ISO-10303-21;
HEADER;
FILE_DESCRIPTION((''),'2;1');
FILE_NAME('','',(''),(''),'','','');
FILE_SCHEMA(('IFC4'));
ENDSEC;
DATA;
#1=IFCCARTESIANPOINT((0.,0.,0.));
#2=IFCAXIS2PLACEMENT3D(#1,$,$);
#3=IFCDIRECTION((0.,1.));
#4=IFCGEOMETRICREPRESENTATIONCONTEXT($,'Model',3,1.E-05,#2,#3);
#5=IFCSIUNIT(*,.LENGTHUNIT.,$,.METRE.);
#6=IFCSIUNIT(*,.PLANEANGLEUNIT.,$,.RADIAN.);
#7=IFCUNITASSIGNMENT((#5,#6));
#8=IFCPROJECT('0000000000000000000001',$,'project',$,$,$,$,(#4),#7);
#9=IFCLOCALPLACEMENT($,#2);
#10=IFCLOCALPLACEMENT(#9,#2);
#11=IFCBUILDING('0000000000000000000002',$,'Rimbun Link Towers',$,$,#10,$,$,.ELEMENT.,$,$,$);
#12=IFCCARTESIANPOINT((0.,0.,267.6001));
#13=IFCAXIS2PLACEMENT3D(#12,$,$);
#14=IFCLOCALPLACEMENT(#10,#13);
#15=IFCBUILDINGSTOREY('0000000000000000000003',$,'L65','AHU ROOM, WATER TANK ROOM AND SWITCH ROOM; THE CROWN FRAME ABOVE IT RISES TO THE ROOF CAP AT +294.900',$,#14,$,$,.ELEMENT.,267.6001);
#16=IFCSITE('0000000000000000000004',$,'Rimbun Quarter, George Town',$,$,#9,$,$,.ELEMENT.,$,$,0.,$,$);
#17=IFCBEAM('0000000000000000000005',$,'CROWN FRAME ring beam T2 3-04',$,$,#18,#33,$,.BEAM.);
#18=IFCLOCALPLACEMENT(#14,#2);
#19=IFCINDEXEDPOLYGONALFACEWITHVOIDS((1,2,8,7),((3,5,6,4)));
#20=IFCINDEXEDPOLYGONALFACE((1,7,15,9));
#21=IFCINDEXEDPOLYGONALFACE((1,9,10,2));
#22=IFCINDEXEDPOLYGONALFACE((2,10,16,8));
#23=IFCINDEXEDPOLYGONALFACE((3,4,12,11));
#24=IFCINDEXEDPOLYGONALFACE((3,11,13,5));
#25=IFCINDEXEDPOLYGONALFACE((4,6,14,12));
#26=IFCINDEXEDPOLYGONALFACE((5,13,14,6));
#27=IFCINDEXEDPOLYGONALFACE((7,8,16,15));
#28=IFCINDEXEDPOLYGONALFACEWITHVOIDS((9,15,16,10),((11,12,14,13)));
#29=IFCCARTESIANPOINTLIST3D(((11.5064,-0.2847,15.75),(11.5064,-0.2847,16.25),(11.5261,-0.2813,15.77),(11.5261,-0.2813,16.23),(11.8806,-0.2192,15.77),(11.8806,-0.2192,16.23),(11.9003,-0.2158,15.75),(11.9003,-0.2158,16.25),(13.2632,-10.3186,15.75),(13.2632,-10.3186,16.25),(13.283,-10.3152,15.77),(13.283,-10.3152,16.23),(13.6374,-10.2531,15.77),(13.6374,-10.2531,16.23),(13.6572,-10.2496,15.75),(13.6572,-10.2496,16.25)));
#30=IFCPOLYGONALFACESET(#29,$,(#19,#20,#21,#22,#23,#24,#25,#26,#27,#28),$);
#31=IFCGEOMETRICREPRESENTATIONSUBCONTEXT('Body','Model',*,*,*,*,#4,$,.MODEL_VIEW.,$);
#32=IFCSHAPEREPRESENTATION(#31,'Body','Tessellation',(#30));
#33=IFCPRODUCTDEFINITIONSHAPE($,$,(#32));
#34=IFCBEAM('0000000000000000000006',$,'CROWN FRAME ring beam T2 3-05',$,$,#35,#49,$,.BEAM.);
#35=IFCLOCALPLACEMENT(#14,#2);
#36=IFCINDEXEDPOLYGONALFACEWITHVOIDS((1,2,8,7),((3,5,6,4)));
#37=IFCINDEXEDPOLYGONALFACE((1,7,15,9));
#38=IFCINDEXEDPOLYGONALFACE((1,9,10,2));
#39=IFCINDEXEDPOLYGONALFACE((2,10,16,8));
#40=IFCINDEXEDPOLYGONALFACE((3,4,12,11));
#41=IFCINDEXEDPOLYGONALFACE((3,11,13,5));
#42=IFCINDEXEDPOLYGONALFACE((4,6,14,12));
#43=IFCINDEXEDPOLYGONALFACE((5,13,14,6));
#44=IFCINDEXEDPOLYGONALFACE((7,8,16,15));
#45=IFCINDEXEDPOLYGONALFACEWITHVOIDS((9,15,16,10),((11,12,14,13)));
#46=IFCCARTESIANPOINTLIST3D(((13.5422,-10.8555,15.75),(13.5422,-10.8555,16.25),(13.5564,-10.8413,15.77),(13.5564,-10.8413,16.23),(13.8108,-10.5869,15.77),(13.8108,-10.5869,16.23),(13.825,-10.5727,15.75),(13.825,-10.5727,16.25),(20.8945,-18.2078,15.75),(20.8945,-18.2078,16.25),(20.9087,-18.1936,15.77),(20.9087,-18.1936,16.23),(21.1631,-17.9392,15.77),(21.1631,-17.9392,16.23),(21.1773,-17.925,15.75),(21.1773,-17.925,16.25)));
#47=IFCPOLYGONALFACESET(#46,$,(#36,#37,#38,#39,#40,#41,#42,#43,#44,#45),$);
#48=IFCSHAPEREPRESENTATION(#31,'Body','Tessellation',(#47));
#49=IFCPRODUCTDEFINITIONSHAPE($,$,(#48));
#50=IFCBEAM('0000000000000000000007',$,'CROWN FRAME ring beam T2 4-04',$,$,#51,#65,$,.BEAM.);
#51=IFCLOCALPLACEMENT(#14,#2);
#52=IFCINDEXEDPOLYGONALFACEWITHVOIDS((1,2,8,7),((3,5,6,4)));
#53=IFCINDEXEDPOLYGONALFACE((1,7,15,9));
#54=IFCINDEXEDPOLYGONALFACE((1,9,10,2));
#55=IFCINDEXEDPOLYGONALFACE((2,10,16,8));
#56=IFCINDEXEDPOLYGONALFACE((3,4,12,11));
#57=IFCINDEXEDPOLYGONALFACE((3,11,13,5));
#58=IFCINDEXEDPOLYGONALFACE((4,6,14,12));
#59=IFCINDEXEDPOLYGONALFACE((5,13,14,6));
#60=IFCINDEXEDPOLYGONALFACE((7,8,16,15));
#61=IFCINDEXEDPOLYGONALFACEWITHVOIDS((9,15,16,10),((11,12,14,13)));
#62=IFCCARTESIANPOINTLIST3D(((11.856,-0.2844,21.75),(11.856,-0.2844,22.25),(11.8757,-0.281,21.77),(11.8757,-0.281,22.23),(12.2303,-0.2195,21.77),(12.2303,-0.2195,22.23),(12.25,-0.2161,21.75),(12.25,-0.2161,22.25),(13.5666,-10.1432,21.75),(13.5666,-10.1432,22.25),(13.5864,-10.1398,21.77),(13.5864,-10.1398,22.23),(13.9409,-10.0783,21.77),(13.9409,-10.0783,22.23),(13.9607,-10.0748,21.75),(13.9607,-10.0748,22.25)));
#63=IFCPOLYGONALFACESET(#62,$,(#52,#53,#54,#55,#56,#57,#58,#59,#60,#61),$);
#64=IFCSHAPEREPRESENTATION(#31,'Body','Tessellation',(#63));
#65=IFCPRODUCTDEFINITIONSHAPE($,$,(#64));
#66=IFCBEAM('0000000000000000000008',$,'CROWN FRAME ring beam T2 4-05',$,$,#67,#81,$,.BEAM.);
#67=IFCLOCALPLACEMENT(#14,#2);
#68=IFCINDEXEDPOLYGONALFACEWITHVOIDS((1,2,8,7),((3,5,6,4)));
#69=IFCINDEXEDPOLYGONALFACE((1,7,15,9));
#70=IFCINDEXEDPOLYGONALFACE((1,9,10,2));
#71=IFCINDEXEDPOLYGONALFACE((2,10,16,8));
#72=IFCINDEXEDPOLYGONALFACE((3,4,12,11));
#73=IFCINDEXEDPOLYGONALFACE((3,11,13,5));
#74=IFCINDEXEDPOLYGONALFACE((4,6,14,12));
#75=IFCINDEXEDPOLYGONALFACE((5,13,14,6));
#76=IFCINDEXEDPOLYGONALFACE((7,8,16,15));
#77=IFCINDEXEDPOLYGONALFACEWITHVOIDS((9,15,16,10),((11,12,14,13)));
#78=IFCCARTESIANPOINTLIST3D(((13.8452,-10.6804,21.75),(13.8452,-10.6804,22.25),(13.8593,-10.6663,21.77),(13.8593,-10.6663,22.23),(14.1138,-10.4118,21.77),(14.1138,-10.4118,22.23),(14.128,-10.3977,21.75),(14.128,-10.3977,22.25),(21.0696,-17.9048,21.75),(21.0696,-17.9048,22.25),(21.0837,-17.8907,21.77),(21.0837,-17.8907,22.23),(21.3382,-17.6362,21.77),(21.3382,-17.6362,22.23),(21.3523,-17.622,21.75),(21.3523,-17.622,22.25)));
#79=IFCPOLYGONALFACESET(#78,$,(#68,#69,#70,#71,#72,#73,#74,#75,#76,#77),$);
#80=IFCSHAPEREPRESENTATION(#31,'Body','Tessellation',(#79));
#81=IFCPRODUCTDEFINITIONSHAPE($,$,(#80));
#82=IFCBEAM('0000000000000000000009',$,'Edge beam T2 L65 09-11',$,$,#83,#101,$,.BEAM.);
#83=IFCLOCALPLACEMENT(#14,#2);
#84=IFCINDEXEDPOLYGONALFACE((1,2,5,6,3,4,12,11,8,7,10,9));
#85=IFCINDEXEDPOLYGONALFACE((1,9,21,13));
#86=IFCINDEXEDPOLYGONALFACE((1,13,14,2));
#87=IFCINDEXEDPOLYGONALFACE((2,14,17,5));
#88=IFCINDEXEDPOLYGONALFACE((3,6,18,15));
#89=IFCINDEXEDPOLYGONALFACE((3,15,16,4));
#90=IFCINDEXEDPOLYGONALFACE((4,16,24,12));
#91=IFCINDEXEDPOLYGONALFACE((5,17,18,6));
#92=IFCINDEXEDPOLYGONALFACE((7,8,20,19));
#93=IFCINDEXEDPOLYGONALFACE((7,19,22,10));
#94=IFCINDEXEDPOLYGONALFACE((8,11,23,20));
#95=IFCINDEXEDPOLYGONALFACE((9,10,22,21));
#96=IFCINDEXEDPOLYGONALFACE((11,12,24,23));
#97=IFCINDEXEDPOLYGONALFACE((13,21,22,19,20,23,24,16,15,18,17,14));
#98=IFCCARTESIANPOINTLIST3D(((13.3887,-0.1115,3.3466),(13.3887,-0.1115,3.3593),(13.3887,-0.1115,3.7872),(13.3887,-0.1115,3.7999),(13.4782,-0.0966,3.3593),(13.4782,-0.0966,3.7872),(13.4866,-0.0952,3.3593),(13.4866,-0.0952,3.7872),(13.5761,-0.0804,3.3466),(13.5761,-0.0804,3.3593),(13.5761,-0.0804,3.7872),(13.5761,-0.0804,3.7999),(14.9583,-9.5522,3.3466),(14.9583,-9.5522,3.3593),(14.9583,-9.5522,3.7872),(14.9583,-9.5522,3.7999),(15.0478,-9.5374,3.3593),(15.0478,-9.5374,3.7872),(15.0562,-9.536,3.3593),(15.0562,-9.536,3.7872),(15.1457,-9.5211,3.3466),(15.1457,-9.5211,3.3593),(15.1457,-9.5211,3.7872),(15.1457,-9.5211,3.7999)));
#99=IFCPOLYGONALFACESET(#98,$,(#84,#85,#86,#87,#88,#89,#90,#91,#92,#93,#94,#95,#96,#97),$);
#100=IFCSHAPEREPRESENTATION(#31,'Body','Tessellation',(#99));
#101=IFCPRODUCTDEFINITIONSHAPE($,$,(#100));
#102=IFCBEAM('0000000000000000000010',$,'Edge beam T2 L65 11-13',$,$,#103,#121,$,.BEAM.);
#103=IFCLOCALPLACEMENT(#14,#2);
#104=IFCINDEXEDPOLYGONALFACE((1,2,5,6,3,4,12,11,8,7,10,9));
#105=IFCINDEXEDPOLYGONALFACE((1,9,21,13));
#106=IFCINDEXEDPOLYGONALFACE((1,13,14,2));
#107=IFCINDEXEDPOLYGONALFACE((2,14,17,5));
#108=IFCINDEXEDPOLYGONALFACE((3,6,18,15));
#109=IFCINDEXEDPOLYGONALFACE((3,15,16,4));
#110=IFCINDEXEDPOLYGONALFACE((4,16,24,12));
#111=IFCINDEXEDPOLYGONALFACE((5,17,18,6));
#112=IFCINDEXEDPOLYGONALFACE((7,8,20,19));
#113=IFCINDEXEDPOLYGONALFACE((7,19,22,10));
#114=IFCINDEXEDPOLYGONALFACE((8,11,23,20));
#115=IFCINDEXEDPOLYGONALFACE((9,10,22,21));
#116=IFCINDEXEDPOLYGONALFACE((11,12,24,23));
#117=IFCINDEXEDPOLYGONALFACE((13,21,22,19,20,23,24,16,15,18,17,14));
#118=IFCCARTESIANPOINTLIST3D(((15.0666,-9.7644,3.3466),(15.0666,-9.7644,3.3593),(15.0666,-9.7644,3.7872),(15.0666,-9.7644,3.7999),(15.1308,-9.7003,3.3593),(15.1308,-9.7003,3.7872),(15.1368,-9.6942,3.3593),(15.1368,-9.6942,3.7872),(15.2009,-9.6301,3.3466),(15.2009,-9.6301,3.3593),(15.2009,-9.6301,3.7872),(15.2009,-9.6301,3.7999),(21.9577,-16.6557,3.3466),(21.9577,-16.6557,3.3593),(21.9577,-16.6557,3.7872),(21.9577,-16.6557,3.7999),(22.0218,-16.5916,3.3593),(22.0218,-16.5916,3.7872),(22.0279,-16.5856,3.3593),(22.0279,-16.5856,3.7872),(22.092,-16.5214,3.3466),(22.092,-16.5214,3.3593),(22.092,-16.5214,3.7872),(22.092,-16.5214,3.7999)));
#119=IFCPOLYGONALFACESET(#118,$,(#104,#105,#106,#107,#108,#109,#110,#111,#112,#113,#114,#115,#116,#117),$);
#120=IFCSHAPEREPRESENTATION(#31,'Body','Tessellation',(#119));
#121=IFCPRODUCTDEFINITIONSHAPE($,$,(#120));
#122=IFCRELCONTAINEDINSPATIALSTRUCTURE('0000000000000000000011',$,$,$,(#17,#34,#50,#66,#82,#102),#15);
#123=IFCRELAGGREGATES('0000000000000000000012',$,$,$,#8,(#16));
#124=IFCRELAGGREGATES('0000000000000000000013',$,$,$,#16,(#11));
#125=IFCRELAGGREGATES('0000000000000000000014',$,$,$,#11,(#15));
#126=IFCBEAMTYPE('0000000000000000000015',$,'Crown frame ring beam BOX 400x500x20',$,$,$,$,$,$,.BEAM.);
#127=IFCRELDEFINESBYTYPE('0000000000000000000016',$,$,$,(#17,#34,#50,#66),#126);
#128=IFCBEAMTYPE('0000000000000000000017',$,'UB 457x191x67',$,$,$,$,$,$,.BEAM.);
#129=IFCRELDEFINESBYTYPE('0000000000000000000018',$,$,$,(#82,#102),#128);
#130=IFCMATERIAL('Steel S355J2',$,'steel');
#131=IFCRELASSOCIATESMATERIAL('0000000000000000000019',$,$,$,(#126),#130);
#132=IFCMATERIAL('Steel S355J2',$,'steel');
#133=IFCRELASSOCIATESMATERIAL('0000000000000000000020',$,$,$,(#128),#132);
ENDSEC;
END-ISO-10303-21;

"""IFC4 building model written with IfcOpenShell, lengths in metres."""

from ifc_helpers import new_model, si_unit, direction, frame, origin, origin_2d, place, context, subcontext, project, spatial, hollow_rectangle, i_section, extrude, material, material_profile, profile_set, type_object, element, save


model = new_model("IFC4")

# Units and contexts
model_context = context("Model", 3, precision=1e-05, world=origin(), true_north=direction((0.0, 1.0)))
body_context = subcontext(model_context, "Body", "Model", "MODEL_VIEW")
ifc_project = project(units=[si_unit("LENGTHUNIT", "METRE"), si_unit("PLANEANGLEUNIT", "RADIAN")], contexts=[model_context])

# Site, building, storey
site_placement = place(None, origin())
site = spatial("IfcSite", under=ifc_project, at=site_placement, Name="Rimbun Quarter, George Town", CompositionType="ELEMENT", RefElevation=0.0)
building_placement = place(site_placement, origin())
building = spatial("IfcBuilding", under=site, at=building_placement, Name="Rimbun Link Towers", CompositionType="ELEMENT")
storey_placement = place(building_placement, frame((0.0, 0.0, 267.6001)))
storey = spatial("IfcBuildingStorey", under=building, at=storey_placement, Name="L65", Description="AHU ROOM, WATER TANK ROOM AND SWITCH ROOM; THE CROWN FRAME ABOVE IT RISES TO THE ROOF CAP AT +294.900", CompositionType="ELEMENT", Elevation=267.6001)

# Beams
ifc_material_1 = material(Name="Steel S355J2", Category="steel")
ifc_material_profile_1 = material_profile(ifc_material_1, hollow_rectangle(XDim=0.3999, YDim=0.5, WallThickness=0.02, at=origin_2d()), Name="Crown frame ring beam BOX 400x500x20")
ifc_profile_set_1 = profile_set([ifc_material_profile_1], Name="Steel S355J2")
beam_type_1 = type_object("IfcBeamType", Name="Crown frame ring beam BOX 400x500x20", PredefinedType="BEAM", material=ifc_profile_set_1)
beam_1_placement = place(storey_placement, frame((11.7034, -0.2502, 16.0), z_axis=(0.172466, -0.985016, 0.0), x_axis=(0.985016, 0.172466, 0.0)))
element("IfcBeam", 1, at=beam_1_placement, inside=storey, type_object=beam_type_1, Name="CROWN FRAME ring beam T2 3-04", PredefinedType="BEAM", context=body_context, shape_type="SweptSolid", body=[
    extrude(hollow_rectangle(XDim=0.3999, YDim=0.5, WallThickness=0.02, at=origin_2d()), origin(), (0.0, 0.0, 1.0), 10.1865),
])
beam_2_placement = place(storey_placement, frame((13.6836, -10.7141, 16.0), z_axis=(0.707107, -0.707107, 0.0), x_axis=(0.707107, 0.707107, 0.0)))
element("IfcBeam", 2, at=beam_2_placement, inside=storey, type_object=beam_type_1, Name="CROWN FRAME ring beam T2 3-05", PredefinedType="BEAM", context=body_context, shape_type="SweptSolid", body=[
    extrude(hollow_rectangle(XDim=0.3999, YDim=0.5, WallThickness=0.02, at=origin_2d()), origin(), (0.0, 0.0, 1.0), 10.3977),
])
beam_3_placement = place(storey_placement, frame((12.053, -0.2502, 22.0), z_axis=(0.170963, -0.985277, 0.0), x_axis=(0.985277, 0.170963, 0.0)))
element("IfcBeam", 3, at=beam_3_placement, inside=storey, type_object=beam_type_1, Name="CROWN FRAME ring beam T2 4-04", PredefinedType="BEAM", context=body_context, shape_type="SweptSolid", body=[
    extrude(hollow_rectangle(XDim=0.3999, YDim=0.5, WallThickness=0.02, at=origin_2d()), origin(), (0.0, 0.0, 1.0), 10.0061),
])
beam_4_placement = place(storey_placement, frame((13.9866, -10.5391, 22.0), z_axis=(0.707107, -0.707107, 0.0), x_axis=(0.707107, 0.707107, 0.0)))
element("IfcBeam", 4, at=beam_4_placement, inside=storey, type_object=beam_type_1, Name="CROWN FRAME ring beam T2 4-05", PredefinedType="BEAM", context=body_context, shape_type="SweptSolid", body=[
    extrude(hollow_rectangle(XDim=0.3999, YDim=0.5, WallThickness=0.02, at=origin_2d()), origin(), (0.0, 0.0, 1.0), 10.2168),
])
ifc_material_2 = material(Name="Steel S355J2", Category="steel")
ifc_material_profile_2 = material_profile(ifc_material_2, i_section(OverallWidth=0.1899, OverallDepth=0.4534, WebThickness=0.0085, FlangeThickness=0.0127, at=origin_2d()), Name="UB 457x191x67")
ifc_profile_set_2 = profile_set([ifc_material_profile_2], Name="Steel S355J2")
beam_type_2 = type_object("IfcBeamType", Name="UB 457x191x67", PredefinedType="BEAM", material=ifc_profile_set_2)
beam_5_placement = place(storey_placement, frame((13.4824, -0.0959, 3.5732), z_axis=(0.164006, -0.986459, 0.0), x_axis=(0.986459, 0.164006, 0.0)))
element("IfcBeam", 5, at=beam_5_placement, inside=storey, type_object=beam_type_2, Name="Edge beam T2 L65 09-11", PredefinedType="BEAM", context=body_context, shape_type="SweptSolid", body=[
    extrude(i_section(OverallWidth=0.1899, OverallDepth=0.4534, WebThickness=0.0085, FlangeThickness=0.0127, at=origin_2d()), origin(), (0.0, 0.0, 1.0), 9.5703),
])
beam_6_placement = place(storey_placement, frame((15.1338, -9.6973, 3.5732), z_axis=(0.707094, -0.707119, 0.0), x_axis=(0.707119, 0.707094, 0.0)))
element("IfcBeam", 6, at=beam_6_placement, inside=storey, type_object=beam_type_2, Name="Edge beam T2 L65 11-13", PredefinedType="BEAM", context=body_context, shape_type="SweptSolid", body=[
    extrude(i_section(OverallWidth=0.1899, OverallDepth=0.4534, WebThickness=0.0085, FlangeThickness=0.0127, at=origin_2d()), origin(), (0.0, 0.0, 1.0), 9.7456),
])

save(model, "model.ifc")
